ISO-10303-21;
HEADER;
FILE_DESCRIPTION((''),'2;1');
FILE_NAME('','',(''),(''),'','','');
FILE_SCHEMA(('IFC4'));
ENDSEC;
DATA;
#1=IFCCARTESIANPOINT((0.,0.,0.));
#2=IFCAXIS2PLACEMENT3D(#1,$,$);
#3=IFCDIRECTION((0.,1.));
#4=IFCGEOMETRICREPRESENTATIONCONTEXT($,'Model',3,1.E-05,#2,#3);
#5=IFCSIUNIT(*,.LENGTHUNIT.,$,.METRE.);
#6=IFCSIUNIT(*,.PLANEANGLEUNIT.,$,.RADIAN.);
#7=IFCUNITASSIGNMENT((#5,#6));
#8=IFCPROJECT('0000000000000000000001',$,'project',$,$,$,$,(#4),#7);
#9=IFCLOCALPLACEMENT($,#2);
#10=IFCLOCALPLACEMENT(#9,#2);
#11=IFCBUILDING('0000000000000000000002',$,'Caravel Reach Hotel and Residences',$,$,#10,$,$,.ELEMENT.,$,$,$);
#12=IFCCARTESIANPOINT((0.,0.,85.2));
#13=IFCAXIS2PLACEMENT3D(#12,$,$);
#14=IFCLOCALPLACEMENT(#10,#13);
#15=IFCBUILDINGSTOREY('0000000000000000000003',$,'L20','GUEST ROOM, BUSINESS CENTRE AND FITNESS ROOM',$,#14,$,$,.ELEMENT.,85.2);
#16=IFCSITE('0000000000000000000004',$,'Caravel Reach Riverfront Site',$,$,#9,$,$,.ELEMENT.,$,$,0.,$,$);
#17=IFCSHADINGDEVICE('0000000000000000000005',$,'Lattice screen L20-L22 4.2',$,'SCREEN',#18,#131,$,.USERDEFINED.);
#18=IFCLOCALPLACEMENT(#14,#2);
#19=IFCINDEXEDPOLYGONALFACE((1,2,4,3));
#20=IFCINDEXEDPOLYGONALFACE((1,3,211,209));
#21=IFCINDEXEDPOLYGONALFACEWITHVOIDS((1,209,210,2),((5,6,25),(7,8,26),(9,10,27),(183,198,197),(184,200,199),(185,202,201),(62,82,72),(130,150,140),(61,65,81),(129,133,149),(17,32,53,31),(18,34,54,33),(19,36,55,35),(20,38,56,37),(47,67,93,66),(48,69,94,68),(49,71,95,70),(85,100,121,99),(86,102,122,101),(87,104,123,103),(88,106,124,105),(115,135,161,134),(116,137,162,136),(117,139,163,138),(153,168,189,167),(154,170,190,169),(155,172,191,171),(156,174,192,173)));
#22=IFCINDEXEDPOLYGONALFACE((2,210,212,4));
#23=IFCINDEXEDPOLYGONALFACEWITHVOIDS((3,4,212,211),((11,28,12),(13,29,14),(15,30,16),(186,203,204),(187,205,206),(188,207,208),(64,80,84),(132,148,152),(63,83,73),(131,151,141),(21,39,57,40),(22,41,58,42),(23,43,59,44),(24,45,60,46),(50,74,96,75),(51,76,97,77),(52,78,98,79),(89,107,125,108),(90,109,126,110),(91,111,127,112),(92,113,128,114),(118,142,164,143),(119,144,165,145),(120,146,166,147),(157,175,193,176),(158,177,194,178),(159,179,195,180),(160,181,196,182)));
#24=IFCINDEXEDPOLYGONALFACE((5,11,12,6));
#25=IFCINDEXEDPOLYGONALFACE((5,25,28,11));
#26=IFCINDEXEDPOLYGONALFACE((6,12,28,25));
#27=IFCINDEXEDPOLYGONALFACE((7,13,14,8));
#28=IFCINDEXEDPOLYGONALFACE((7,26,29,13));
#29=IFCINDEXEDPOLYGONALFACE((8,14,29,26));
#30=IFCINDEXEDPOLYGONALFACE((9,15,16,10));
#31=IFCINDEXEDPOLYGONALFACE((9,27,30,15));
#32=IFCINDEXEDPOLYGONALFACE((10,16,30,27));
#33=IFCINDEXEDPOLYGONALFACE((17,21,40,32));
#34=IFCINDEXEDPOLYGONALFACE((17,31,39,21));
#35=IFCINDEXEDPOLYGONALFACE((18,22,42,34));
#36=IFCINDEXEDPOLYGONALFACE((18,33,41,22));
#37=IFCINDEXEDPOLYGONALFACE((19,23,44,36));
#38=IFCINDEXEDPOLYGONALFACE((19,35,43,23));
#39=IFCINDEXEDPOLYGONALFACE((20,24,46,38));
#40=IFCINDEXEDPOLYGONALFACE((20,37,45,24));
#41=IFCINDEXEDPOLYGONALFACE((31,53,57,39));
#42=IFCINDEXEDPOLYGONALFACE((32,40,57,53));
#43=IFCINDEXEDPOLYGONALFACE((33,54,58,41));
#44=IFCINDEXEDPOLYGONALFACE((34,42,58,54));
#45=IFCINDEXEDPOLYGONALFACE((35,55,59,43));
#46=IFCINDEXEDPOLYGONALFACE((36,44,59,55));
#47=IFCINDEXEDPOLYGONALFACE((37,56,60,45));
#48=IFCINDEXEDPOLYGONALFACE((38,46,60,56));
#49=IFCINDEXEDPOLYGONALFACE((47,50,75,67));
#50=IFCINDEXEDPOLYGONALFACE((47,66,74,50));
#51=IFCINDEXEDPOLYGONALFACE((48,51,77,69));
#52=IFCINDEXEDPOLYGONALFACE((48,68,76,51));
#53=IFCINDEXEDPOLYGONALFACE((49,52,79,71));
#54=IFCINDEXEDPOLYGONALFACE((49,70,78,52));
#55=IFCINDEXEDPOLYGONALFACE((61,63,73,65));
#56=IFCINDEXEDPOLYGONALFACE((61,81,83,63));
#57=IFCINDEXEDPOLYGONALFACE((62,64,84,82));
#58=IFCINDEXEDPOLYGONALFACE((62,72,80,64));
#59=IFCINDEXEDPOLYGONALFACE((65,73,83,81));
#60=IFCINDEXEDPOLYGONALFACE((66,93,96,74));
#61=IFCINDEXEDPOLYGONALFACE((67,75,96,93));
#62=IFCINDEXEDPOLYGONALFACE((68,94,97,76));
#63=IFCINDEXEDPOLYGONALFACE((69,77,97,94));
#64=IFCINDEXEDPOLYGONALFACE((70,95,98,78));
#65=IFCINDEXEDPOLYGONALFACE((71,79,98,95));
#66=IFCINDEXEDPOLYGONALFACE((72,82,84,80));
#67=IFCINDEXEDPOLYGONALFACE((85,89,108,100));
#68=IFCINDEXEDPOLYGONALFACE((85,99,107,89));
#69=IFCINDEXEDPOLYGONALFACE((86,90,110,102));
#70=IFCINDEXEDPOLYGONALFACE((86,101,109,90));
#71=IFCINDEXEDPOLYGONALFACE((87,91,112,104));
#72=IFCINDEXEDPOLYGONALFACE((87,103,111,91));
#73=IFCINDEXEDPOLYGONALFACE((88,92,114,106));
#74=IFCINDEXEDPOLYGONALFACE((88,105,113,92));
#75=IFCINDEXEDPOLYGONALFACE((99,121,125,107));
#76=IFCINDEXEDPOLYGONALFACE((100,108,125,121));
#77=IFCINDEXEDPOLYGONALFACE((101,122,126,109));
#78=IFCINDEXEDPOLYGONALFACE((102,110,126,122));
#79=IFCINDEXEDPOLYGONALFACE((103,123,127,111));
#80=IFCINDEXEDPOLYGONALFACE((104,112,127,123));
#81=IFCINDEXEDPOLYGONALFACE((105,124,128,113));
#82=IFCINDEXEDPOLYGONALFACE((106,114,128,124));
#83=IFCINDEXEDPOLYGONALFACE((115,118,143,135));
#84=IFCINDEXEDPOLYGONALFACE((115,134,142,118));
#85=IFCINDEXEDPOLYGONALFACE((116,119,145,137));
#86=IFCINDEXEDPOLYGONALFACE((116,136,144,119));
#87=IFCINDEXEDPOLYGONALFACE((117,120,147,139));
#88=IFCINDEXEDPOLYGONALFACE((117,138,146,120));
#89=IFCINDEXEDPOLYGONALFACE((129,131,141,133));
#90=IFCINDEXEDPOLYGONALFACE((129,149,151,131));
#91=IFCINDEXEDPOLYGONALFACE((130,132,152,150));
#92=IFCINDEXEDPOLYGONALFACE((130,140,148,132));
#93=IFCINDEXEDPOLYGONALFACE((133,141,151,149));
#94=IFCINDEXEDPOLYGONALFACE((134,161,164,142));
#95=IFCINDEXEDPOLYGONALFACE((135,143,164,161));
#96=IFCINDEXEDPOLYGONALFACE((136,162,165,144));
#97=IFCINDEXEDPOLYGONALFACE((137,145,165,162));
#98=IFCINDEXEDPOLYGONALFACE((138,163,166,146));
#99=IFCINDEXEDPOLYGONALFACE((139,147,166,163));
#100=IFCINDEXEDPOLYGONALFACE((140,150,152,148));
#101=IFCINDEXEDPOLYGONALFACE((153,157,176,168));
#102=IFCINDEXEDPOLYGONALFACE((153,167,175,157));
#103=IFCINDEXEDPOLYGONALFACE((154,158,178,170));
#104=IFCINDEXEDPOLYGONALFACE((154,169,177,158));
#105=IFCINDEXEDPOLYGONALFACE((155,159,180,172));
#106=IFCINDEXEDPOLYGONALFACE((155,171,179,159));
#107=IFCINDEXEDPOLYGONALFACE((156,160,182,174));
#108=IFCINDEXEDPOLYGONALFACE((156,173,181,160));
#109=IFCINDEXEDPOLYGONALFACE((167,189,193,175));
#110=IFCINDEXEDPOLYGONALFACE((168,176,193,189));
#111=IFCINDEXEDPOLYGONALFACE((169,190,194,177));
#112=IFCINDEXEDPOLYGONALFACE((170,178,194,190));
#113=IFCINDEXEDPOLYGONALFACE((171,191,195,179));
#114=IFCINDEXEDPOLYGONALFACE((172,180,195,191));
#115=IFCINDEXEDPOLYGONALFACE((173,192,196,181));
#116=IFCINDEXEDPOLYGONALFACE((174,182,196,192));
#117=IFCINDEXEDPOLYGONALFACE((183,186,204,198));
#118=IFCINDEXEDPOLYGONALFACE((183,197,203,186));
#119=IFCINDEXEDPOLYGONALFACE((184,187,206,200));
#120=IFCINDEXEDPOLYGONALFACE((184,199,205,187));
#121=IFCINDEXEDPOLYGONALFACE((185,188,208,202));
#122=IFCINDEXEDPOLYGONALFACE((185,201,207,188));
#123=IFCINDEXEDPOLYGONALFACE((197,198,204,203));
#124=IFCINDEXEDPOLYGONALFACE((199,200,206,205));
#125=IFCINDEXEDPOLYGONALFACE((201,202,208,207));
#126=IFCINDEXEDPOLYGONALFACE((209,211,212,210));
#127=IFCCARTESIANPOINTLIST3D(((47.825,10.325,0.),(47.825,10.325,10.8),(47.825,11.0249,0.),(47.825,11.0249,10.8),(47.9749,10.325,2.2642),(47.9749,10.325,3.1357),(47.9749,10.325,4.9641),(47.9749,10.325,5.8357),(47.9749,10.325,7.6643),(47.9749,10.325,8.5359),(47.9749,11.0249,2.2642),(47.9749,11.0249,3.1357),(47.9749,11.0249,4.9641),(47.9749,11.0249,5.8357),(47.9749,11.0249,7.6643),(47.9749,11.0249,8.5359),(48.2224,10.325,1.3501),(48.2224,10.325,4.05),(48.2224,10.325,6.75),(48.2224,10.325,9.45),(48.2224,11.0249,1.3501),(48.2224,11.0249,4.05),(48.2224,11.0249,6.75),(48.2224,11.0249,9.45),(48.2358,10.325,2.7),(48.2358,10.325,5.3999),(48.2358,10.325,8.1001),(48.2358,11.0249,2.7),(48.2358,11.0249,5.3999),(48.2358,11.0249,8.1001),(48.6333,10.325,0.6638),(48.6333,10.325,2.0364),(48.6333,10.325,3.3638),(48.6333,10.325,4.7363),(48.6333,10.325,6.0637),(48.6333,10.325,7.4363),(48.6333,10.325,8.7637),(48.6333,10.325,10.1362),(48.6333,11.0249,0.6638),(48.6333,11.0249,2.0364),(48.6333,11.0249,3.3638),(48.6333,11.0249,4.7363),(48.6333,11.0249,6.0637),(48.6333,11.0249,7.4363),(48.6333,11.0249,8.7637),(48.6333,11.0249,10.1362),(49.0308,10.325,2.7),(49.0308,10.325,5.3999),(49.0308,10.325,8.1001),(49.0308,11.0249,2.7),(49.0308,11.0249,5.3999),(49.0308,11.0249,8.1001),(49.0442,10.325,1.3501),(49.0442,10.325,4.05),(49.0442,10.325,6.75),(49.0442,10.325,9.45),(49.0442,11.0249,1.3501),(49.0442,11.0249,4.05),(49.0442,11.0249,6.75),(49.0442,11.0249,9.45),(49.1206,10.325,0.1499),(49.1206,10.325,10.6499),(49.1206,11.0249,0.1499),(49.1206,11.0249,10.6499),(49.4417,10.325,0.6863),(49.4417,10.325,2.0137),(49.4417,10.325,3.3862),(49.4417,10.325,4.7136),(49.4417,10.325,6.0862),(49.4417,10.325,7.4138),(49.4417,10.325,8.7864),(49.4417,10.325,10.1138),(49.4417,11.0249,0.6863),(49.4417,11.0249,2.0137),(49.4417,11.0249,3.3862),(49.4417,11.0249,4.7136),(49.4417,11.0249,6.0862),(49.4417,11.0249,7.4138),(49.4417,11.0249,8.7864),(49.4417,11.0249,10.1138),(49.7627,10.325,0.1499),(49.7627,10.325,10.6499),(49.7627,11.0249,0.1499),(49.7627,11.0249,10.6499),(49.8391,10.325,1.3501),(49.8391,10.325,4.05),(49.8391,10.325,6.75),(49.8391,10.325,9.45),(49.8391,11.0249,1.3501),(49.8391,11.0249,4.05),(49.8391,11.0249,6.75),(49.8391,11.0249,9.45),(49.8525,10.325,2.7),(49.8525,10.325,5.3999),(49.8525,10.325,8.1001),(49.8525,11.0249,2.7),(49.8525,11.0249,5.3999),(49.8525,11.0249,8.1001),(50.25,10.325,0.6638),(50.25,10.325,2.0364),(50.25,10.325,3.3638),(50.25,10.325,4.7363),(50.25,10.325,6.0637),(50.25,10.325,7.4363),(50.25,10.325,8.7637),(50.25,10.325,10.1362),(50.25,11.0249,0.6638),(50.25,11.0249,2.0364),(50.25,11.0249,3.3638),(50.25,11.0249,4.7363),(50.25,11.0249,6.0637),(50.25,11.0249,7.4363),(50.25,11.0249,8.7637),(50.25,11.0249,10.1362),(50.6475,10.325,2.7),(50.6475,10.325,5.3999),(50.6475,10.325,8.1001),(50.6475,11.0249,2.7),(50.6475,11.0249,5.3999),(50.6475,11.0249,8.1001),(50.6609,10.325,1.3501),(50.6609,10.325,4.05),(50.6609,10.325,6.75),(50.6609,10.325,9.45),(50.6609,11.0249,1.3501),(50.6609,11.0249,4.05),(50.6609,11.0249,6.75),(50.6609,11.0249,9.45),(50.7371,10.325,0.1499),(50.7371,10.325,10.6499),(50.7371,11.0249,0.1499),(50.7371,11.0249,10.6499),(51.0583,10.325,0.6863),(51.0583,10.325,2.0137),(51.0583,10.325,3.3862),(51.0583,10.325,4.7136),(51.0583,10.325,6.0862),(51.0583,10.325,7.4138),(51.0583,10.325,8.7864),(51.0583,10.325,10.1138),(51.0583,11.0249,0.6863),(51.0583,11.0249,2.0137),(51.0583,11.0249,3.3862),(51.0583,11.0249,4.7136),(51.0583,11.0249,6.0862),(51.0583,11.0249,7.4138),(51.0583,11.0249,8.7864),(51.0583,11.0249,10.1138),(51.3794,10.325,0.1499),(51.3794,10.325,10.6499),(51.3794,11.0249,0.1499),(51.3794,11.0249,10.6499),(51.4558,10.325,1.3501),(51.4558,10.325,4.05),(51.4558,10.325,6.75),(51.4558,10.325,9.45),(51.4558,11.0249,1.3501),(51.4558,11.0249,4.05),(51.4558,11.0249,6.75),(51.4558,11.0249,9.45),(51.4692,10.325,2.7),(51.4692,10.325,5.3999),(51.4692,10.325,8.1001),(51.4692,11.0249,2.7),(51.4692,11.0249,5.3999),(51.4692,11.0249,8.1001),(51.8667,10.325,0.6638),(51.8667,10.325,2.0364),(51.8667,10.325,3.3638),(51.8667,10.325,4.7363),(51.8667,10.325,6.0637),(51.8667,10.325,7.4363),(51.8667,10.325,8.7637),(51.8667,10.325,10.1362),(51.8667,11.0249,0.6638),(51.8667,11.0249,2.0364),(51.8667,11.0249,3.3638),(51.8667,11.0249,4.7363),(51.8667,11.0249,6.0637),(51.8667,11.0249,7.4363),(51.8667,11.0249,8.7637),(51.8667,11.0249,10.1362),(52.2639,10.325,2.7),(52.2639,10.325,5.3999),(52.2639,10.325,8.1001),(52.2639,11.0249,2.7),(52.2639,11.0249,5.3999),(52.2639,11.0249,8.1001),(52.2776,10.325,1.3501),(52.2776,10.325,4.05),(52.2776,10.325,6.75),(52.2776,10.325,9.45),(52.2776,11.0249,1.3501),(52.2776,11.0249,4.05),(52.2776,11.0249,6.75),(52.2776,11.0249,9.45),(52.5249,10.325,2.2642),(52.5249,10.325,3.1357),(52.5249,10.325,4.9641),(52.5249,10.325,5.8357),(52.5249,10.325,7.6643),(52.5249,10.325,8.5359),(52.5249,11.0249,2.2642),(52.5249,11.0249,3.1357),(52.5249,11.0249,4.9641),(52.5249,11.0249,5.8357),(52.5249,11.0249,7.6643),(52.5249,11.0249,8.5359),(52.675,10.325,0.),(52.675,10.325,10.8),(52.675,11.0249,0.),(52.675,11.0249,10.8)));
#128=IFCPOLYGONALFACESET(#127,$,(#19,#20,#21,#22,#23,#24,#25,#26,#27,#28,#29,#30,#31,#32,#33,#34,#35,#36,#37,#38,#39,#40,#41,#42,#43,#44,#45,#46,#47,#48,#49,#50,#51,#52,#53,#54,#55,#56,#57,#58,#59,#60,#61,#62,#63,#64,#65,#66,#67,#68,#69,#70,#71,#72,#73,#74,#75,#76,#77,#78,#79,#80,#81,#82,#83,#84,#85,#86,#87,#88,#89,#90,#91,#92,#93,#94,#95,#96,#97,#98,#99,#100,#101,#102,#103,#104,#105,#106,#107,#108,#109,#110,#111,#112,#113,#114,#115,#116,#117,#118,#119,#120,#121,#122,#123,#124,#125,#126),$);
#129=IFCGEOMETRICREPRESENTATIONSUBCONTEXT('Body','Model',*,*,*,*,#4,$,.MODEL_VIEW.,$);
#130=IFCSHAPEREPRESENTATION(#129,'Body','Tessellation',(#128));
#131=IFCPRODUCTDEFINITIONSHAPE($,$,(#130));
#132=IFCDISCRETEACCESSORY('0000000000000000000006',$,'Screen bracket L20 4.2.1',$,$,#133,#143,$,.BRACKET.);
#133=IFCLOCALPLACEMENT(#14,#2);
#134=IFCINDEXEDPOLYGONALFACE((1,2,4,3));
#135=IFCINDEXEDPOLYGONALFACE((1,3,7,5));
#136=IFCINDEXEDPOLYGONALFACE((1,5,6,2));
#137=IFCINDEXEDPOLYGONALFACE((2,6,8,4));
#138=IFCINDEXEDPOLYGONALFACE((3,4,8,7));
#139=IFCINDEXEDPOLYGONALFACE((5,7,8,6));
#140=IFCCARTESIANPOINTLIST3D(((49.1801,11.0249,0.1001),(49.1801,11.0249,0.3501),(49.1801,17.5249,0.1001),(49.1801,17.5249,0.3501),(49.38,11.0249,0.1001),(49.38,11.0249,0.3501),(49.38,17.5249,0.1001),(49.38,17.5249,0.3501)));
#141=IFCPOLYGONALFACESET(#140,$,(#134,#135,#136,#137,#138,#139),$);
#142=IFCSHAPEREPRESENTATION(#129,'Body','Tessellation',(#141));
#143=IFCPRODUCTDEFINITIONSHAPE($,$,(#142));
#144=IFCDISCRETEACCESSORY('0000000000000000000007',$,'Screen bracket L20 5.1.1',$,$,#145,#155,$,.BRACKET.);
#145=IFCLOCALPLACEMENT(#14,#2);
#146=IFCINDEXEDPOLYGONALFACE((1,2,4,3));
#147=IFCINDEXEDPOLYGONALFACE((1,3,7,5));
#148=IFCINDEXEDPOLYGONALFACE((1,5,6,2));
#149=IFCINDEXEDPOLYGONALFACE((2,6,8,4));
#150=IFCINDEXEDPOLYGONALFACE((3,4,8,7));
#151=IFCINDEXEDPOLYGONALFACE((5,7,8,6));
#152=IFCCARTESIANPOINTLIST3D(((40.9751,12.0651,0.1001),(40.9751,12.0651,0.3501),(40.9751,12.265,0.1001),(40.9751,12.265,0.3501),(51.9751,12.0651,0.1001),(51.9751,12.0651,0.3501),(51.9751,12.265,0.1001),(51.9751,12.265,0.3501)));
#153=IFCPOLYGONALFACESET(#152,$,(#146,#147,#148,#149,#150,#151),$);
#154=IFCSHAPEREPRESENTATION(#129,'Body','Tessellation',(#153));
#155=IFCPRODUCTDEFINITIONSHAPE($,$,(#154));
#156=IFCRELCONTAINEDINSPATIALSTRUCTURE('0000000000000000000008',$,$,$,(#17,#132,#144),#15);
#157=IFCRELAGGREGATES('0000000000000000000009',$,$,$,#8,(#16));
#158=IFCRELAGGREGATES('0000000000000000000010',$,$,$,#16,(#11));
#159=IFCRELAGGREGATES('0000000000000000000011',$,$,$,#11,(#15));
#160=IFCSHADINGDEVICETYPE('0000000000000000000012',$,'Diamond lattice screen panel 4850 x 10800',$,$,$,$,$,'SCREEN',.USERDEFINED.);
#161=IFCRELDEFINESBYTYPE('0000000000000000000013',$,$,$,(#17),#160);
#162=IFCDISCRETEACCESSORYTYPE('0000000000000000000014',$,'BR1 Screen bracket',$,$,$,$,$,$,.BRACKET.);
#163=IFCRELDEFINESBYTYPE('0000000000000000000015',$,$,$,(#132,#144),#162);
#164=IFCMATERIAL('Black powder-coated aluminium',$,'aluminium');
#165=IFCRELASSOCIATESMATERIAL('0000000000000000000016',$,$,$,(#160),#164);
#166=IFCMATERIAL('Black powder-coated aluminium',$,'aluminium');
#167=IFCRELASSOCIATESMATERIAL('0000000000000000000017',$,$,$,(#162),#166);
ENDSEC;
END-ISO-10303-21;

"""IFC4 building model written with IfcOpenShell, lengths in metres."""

from ifc_helpers import new_model, si_unit, direction, frame, origin, origin_2d, place, context, subcontext, project, spatial, polyline, rectangle, outline, extrude, material, type_object, element, save


model = new_model("IFC4")

# Units and contexts
model_context = context("Model", 3, precision=1e-05, world=origin(), true_north=direction((0.0, 1.0)))
body_context = subcontext(model_context, "Body", "Model", "MODEL_VIEW")
ifc_project = project(units=[si_unit("LENGTHUNIT", "METRE"), si_unit("PLANEANGLEUNIT", "RADIAN")], contexts=[model_context])

# Site, building, storey
site_placement = place(None, origin())
site = spatial("IfcSite", under=ifc_project, at=site_placement, Name="Caravel Reach Riverfront Site", CompositionType="ELEMENT", RefElevation=0.0)
building_placement = place(site_placement, origin())
building = spatial("IfcBuilding", under=site, at=building_placement, Name="Caravel Reach Hotel and Residences", CompositionType="ELEMENT")
storey_placement = place(building_placement, frame((0.0, 0.0, 85.2)))
storey = spatial("IfcBuildingStorey", under=building, at=storey_placement, Name="L20", Description="GUEST ROOM, BUSINESS CENTRE AND FITNESS ROOM", CompositionType="ELEMENT", Elevation=85.2)

# Shading device
ifc_material_1 = material(Name="Black powder-coated aluminium", Category="aluminium")
shading_device_type = type_object("IfcShadingDeviceType", Name="Diamond lattice screen panel 4850 x 10800", ElementType="SCREEN", PredefinedType="USERDEFINED", material=ifc_material_1)
shading_device_placement = place(storey_placement, frame((47.825, 11.0249, 0.0), z_axis=(0.0, -1.0, 0.0), x_axis=(1.0, 0.0, 0.0)))
element("IfcShadingDevice", 1, at=shading_device_placement, inside=storey, type_object=shading_device_type, Name="Lattice screen L20-L22 4.2", ObjectType="SCREEN", PredefinedType="USERDEFINED", context=body_context, shape_type="SweptSolid", body=[
    extrude(outline(polyline([(0.0, 0.0), (4.8501, 0.0), (4.8501, 10.8), (0.0, 10.8), (0.0, 0.0)]), holes=[polyline([(0.4109, 2.7), (0.1499, 3.1357), (0.1499, 2.2642), (0.4109, 2.7)]), polyline([(0.4109, 5.3999), (0.1499, 5.8357), (0.1499, 4.9641), (0.4109, 5.3999)]), polyline([(0.4109, 8.1001), (0.1499, 8.5359), (0.1499, 7.6643), (0.4109, 8.1001)]), polyline([(0.8083, 2.0364), (0.3975, 1.3501), (0.8083, 0.6638), (1.2192, 1.3501), (0.8083, 2.0364)]), polyline([(0.8083, 4.7363), (0.3975, 4.05), (0.8083, 3.3638), (1.2192, 4.05), (0.8083, 4.7363)]), polyline([(0.8083, 7.4363), (0.3975, 6.75), (0.8083, 6.0637), (1.2192, 6.75), (0.8083, 7.4363)]), polyline([(0.8083, 10.1362), (0.3975, 9.45), (0.8083, 8.7637), (1.2192, 9.45), (0.8083, 10.1362)]), polyline([(1.6167, 0.6863), (1.2957, 0.1499), (1.9377, 0.1499), (1.6167, 0.6863)]), polyline([(1.6167, 3.3862), (1.2058, 2.7), (1.6167, 2.0137), (2.0276, 2.7), (1.6167, 3.3862)]), polyline([(1.6167, 6.0862), (1.2058, 5.3999), (1.6167, 4.7136), (2.0276, 5.3999), (1.6167, 6.0862)]), polyline([(1.6167, 8.7864), (1.2058, 8.1001), (1.6167, 7.4138), (2.0276, 8.1001), (1.6167, 8.7864)]), polyline([(1.6167, 10.1138), (1.9377, 10.6499), (1.2957, 10.6499), (1.6167, 10.1138)]), polyline([(2.425, 2.0364), (2.0142, 1.3501), (2.425, 0.6638), (2.8359, 1.3501), (2.425, 2.0364)]), polyline([(2.425, 4.7363), (2.0142, 4.05), (2.425, 3.3638), (2.8359, 4.05), (2.425, 4.7363)]), polyline([(2.425, 7.4363), (2.0142, 6.75), (2.425, 6.0637), (2.8359, 6.75), (2.425, 7.4363)]), polyline([(2.425, 10.1362), (2.0142, 9.45), (2.425, 8.7637), (2.8359, 9.45), (2.425, 10.1362)]), polyline([(3.2334, 0.6863), (2.9121, 0.1499), (3.5544, 0.1499), (3.2334, 0.6863)]), polyline([(3.2334, 3.3862), (2.8225, 2.7), (3.2334, 2.0137), (3.6443, 2.7), (3.2334, 3.3862)]), polyline([(3.2334, 6.0862), (2.8225, 5.3999), (3.2334, 4.7136), (3.6443, 5.3999), (3.2334, 6.0862)]), polyline([(3.2334, 8.7864), (2.8225, 8.1001), (3.2334, 7.4138), (3.6443, 8.1001), (3.2334, 8.7864)]), polyline([(3.2334, 10.1138), (3.5544, 10.6499), (2.9121, 10.6499), (3.2334, 10.1138)]), polyline([(4.0417, 2.0364), (3.6309, 1.3501), (4.0417, 0.6638), (4.4526, 1.3501), (4.0417, 2.0364)]), polyline([(4.0417, 4.7363), (3.6309, 4.05), (4.0417, 3.3638), (4.4526, 4.05), (4.0417, 4.7363)]), polyline([(4.0417, 7.4363), (3.6309, 6.75), (4.0417, 6.0637), (4.4526, 6.75), (4.0417, 7.4363)]), polyline([(4.0417, 10.1362), (3.6309, 9.45), (4.0417, 8.7637), (4.4526, 9.45), (4.0417, 10.1362)]), polyline([(4.439, 2.7), (4.7, 2.2642), (4.7, 3.1357), (4.439, 2.7)]), polyline([(4.439, 5.3999), (4.7, 4.9641), (4.7, 5.8357), (4.439, 5.3999)]), polyline([(4.439, 8.1001), (4.7, 7.6643), (4.7, 8.5359), (4.439, 8.1001)])]), origin(), (0.0, 0.0, 1.0), 0.7),
])

# Discrete accessories
ifc_material_2 = material(Name="Black powder-coated aluminium", Category="aluminium")
discrete_accessory_type = type_object("IfcDiscreteAccessoryType", Name="BR1 Screen bracket", PredefinedType="BRACKET", material=ifc_material_2)
discrete_accessory_1_placement = place(storey_placement, frame((49.28, 14.2749, 0.1001), z_axis=(0.0, 0.0, 1.0), x_axis=(0.0, -1.0, 0.0)))
element("IfcDiscreteAccessory", 2, at=discrete_accessory_1_placement, inside=storey, type_object=discrete_accessory_type, Name="Screen bracket L20 4.2.1", PredefinedType="BRACKET", context=body_context, shape_type="SweptSolid", body=[
    extrude(rectangle(XDim=6.5, YDim=0.2, at=origin_2d()), origin(), (0.0, 0.0, 1.0), 0.25),
])
discrete_accessory_2_placement = place(storey_placement, frame((46.4751, 12.165, 0.1001), z_axis=(0.0, 0.0, 1.0), x_axis=(1.0, 0.0, 0.0)))
element("IfcDiscreteAccessory", 3, at=discrete_accessory_2_placement, inside=storey, type_object=discrete_accessory_type, Name="Screen bracket L20 5.1.1", PredefinedType="BRACKET", context=body_context, shape_type="SweptSolid", body=[
    extrude(rectangle(XDim=11.0, YDim=0.2, at=origin_2d()), origin(), (0.0, 0.0, 1.0), 0.25),
])

save(model, "model.ifc")
